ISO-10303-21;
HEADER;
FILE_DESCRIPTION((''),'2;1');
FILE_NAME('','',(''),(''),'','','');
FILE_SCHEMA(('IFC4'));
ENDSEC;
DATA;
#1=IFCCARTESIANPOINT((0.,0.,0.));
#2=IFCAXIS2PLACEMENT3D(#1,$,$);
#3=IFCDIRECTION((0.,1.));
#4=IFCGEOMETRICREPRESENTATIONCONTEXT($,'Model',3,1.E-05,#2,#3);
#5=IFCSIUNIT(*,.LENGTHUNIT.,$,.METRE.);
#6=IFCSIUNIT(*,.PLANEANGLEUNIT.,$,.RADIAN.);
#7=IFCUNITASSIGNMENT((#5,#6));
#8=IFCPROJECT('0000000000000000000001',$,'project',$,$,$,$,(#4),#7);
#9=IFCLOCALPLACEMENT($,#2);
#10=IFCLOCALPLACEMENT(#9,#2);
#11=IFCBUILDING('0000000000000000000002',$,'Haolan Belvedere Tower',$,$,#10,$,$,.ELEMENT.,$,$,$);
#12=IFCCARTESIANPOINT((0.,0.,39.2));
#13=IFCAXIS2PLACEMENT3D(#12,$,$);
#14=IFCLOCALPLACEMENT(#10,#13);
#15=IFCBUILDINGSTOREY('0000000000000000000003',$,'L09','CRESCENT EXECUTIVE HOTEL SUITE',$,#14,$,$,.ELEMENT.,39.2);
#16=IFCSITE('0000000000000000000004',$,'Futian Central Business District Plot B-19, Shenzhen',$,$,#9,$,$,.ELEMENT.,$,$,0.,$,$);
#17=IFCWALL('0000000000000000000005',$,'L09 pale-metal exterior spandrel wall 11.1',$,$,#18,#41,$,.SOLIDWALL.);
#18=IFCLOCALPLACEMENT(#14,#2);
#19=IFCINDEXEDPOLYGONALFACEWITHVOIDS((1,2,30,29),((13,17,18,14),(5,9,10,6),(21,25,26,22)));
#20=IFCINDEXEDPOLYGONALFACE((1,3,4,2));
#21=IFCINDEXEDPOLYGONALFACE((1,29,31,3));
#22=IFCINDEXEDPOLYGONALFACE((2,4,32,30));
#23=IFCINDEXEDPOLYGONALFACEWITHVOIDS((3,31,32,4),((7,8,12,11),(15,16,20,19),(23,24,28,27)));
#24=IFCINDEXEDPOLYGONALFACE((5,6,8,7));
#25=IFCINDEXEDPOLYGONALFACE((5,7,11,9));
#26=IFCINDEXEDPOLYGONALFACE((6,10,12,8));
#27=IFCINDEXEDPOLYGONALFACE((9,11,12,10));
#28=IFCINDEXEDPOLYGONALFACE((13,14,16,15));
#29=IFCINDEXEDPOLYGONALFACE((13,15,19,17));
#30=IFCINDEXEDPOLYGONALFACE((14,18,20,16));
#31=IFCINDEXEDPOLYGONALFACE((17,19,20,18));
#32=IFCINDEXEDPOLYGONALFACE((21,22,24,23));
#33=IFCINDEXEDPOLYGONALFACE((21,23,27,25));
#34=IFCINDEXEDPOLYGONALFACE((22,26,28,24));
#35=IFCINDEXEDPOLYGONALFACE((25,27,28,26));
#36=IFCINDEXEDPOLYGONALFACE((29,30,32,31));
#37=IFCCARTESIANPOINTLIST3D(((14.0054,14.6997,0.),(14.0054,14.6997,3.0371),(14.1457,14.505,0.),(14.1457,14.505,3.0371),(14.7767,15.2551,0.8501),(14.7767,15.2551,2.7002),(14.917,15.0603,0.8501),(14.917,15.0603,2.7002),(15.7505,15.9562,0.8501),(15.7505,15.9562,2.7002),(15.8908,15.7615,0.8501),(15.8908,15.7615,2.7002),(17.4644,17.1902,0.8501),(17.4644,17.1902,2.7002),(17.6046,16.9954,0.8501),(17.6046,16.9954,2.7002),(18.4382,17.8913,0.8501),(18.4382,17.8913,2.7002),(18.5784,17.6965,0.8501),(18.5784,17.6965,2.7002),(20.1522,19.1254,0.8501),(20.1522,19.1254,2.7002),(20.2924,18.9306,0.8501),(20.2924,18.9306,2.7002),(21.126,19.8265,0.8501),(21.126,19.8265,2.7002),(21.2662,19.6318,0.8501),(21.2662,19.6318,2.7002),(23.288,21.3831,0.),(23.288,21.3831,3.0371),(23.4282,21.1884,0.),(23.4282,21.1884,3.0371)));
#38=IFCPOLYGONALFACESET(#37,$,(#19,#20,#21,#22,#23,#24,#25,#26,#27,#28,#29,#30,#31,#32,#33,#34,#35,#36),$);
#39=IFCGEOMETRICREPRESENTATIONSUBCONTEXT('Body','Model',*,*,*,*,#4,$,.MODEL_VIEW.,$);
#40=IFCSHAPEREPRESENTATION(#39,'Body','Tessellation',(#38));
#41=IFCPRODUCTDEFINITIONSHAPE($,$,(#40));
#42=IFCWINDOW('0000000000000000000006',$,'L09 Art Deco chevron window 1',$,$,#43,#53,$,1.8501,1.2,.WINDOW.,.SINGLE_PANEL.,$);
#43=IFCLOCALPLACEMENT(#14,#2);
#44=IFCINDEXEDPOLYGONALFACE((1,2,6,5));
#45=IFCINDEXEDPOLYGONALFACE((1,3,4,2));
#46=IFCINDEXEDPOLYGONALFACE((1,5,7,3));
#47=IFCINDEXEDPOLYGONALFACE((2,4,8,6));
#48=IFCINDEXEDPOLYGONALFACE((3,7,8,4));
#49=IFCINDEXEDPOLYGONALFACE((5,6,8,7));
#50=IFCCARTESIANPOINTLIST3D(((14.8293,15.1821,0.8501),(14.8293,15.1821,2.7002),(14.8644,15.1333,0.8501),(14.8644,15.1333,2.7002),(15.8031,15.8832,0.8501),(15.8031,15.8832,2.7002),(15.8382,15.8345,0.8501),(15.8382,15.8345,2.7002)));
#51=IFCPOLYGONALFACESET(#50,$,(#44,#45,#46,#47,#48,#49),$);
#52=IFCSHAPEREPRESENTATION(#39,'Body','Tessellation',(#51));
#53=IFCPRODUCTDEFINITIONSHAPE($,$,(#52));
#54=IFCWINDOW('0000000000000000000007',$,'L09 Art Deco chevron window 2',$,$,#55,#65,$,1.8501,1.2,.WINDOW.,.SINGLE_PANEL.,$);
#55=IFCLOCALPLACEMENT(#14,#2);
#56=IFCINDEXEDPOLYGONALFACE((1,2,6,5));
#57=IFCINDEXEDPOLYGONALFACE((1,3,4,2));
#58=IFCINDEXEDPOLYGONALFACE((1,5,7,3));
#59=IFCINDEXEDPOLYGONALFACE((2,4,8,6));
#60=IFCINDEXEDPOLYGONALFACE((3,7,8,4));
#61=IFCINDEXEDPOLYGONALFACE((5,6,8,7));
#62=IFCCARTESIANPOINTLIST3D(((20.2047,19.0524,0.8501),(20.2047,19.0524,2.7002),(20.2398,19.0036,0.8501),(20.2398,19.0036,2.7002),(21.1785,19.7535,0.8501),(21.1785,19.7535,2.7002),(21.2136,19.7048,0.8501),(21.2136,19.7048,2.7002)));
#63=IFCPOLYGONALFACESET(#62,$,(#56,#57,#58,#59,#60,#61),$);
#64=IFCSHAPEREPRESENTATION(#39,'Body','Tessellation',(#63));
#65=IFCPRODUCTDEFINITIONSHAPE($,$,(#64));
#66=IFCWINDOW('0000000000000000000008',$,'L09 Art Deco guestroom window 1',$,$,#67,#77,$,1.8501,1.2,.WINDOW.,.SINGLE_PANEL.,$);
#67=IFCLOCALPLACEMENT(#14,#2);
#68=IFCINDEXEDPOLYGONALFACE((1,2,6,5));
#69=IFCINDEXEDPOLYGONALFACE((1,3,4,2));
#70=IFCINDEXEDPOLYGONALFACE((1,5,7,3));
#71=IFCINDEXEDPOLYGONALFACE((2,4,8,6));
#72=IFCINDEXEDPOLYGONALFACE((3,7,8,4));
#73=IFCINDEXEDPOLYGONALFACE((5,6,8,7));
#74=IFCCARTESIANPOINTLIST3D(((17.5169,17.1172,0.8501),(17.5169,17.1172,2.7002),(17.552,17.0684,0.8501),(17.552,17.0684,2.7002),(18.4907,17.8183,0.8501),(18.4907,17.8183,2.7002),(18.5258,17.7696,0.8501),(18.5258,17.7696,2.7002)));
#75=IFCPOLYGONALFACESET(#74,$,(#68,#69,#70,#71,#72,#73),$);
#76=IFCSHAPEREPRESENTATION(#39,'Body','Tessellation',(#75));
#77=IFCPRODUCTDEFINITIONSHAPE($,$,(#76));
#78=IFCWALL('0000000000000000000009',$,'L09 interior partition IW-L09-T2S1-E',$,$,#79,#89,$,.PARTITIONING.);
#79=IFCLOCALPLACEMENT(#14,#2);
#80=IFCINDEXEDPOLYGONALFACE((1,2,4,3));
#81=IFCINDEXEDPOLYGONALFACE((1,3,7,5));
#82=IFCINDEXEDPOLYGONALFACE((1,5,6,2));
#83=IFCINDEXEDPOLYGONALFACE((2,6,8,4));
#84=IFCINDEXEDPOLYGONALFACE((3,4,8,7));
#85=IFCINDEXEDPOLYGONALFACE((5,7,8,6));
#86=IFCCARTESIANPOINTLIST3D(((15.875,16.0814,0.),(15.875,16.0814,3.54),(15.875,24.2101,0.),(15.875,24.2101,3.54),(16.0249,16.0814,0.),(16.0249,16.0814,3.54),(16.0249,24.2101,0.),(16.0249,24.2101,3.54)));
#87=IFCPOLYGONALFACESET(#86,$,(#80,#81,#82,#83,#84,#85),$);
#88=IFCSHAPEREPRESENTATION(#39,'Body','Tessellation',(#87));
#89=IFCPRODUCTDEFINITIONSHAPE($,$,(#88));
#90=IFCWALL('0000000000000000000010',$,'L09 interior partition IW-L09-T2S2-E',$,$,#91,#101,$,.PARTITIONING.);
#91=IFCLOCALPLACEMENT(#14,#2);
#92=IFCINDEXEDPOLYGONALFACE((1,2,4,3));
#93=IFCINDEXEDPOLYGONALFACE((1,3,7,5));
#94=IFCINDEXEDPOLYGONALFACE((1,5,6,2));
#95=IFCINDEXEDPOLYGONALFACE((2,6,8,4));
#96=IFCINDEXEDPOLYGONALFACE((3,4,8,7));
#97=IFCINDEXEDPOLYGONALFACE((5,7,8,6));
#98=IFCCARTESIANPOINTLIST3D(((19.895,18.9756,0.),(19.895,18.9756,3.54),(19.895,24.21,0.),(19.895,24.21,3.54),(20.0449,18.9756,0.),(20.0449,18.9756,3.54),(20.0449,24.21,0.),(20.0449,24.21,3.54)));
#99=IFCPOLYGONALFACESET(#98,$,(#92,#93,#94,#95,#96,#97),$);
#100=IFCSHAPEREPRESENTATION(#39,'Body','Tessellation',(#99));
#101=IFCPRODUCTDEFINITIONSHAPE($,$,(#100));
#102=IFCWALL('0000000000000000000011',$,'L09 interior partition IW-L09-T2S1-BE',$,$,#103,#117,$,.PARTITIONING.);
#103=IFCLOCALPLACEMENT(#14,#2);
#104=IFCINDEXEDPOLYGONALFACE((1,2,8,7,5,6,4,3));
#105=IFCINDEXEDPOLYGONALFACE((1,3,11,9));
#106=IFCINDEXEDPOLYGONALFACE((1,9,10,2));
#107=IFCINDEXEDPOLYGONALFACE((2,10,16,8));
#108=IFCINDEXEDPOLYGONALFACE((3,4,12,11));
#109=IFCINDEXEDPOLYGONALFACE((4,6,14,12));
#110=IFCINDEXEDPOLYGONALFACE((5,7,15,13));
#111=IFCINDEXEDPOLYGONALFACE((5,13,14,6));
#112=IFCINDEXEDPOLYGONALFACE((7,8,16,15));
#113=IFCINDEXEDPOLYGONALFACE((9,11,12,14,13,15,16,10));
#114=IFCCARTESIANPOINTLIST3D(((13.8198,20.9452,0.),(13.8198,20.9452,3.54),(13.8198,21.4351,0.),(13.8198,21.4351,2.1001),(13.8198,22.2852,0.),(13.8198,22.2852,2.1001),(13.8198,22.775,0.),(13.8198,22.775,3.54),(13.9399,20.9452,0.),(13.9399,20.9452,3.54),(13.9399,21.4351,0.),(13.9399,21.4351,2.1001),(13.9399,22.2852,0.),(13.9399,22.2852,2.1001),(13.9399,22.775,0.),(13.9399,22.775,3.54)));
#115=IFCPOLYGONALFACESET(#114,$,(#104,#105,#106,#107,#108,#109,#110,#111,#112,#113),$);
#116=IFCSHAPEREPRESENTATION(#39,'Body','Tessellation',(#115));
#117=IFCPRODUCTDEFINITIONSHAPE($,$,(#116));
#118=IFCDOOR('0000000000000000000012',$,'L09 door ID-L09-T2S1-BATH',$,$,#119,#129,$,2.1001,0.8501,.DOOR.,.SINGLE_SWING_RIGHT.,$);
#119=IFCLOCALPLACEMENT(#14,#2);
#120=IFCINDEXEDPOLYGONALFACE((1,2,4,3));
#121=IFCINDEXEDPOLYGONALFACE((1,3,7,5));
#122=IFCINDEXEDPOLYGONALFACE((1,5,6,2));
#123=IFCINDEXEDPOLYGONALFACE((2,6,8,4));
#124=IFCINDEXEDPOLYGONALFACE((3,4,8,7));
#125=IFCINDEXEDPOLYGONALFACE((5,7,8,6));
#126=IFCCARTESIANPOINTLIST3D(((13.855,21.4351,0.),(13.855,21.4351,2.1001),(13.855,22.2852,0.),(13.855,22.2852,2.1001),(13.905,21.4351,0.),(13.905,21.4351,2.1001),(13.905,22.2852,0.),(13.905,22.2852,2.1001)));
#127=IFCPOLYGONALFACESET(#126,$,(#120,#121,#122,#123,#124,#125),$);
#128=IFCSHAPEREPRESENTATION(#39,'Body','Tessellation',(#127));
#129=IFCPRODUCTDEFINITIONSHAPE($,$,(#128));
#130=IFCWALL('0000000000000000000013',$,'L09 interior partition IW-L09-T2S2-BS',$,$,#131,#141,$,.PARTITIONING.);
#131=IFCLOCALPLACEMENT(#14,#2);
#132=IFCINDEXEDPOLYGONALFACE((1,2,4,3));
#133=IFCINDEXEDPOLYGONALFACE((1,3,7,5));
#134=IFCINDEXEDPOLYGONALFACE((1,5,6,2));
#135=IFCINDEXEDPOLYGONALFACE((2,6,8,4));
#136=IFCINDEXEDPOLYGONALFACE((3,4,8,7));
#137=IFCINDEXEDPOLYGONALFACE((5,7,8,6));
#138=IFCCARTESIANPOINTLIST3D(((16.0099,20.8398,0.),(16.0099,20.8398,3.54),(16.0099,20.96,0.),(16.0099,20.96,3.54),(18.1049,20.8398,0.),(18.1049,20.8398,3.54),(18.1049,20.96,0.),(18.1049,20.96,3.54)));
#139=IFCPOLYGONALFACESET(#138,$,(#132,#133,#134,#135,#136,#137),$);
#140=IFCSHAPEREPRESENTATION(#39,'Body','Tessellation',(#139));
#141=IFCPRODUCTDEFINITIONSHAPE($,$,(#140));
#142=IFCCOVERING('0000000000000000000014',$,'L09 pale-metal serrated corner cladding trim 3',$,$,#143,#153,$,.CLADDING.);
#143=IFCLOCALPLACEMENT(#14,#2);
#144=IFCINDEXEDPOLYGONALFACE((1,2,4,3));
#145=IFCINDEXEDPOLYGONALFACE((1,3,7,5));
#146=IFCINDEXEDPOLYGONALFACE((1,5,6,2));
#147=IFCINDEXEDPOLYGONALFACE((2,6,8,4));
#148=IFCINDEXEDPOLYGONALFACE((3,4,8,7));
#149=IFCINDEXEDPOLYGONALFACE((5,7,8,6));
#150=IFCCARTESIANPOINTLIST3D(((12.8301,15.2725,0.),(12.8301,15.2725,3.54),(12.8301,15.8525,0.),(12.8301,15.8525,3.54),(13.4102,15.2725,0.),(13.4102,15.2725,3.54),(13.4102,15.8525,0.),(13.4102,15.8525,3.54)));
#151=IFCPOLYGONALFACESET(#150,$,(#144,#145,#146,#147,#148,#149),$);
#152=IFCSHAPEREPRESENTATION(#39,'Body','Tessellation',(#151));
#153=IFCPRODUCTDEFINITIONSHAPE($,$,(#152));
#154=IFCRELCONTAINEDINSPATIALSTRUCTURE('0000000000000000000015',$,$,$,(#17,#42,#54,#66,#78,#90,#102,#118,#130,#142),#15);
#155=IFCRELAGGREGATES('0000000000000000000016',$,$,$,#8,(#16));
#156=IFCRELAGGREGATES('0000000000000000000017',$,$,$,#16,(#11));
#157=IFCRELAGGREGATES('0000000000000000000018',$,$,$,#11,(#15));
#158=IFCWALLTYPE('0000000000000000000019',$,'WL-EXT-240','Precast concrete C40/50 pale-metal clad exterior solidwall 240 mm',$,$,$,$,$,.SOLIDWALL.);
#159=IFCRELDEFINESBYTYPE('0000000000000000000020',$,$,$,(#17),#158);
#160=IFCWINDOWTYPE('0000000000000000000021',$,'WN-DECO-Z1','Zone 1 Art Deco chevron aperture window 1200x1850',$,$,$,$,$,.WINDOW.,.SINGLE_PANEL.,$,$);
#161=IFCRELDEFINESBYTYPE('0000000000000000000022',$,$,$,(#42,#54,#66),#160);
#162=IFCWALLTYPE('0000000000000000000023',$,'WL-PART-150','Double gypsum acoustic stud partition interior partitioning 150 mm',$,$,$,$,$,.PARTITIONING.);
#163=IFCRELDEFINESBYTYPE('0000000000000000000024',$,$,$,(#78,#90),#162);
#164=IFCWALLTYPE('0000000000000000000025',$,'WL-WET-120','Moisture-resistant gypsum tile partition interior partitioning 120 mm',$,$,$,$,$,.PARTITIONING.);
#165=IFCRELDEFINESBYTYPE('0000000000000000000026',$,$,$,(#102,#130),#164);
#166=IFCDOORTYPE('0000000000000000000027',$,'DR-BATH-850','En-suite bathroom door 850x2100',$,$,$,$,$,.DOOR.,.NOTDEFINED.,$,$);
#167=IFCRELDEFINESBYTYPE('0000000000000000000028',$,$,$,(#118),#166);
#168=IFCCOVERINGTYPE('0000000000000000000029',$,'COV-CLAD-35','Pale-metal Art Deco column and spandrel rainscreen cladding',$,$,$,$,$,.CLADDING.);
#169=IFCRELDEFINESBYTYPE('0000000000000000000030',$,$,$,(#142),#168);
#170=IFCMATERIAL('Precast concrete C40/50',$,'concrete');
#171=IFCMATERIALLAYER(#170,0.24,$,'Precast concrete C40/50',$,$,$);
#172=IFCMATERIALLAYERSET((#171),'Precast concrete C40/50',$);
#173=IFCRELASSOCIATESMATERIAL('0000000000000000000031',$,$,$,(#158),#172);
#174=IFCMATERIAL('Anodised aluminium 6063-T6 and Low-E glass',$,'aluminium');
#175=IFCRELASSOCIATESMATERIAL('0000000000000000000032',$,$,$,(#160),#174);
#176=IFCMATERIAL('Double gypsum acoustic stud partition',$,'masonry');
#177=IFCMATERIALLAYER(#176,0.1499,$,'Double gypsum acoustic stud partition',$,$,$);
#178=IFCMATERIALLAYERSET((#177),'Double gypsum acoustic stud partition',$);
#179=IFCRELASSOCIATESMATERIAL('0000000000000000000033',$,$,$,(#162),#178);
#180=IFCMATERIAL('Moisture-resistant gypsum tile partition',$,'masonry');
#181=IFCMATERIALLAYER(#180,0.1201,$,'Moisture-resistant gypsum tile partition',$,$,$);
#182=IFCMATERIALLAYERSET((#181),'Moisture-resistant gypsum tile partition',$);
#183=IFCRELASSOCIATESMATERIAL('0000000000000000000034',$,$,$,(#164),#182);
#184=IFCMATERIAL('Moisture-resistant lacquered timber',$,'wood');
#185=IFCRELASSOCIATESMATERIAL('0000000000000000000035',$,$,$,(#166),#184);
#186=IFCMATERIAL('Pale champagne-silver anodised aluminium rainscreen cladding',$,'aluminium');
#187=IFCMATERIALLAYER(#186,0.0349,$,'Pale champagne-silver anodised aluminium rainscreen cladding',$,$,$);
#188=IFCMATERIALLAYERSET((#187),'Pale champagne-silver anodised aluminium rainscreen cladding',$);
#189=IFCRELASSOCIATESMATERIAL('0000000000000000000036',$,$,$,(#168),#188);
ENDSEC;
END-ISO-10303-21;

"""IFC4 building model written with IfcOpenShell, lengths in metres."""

from ifc_helpers import new_model, si_unit, direction, frame, frame_2d, origin, origin_2d, place, context, subcontext, project, spatial, rectangle, extrude, material, layer, layer_set, type_object, element, fill, save


model = new_model("IFC4")

# Units and contexts
model_context = context("Model", 3, precision=1e-05, world=origin(), true_north=direction((0.0, 1.0)))
body_context = subcontext(model_context, "Body", "Model", "MODEL_VIEW")
ifc_project = project(units=[si_unit("LENGTHUNIT", "METRE"), si_unit("PLANEANGLEUNIT", "RADIAN")], contexts=[model_context])

# Site, building, storey
site_placement = place(None, origin())
site = spatial("IfcSite", under=ifc_project, at=site_placement, Name="Futian Central Business District Plot B-19, Shenzhen", CompositionType="ELEMENT", RefElevation=0.0)
building_placement = place(site_placement, origin())
building = spatial("IfcBuilding", under=site, at=building_placement, Name="Haolan Belvedere Tower", CompositionType="ELEMENT")
storey_placement = place(building_placement, frame((0.0, 0.0, 39.2)))
storey = spatial("IfcBuildingStorey", under=building, at=storey_placement, Name="L09", Description="CRESCENT EXECUTIVE HOTEL SUITE", CompositionType="ELEMENT", Elevation=39.2)

# Shared definitions
ifc_material_1 = material(Name="Precast concrete C40/50", Category="concrete")
ifc_layer_1 = layer(ifc_material_1, 0.24, Name="Precast concrete C40/50")
ifc_layer_set_1 = layer_set([ifc_layer_1], Name="Precast concrete C40/50")
wall_type_1 = type_object("IfcWallType", Name="WL-EXT-240", Description="Precast concrete C40/50 pale-metal clad exterior solidwall 240 mm", PredefinedType="SOLIDWALL", material=ifc_layer_set_1)

# Wall, openings, windows
wall_1_placement = place(storey_placement, frame((14.0754, 14.6023, 0.0), z_axis=(0.0, 0.0, 1.0), x_axis=(0.811536, 0.584303, 0.0)))
wall_1 = element("IfcWall", 1, at=wall_1_placement, inside=storey, type_object=wall_type_1, Name="L09 pale-metal exterior spandrel wall 11.1", PredefinedType="SOLIDWALL", context=body_context, shape_type="SweptSolid", body=[
    extrude(rectangle(XDim=11.4382, YDim=0.24, at=frame_2d((5.7192, 0.0))), origin(), (0.0, 0.0, 1.0), 3.0371),
])
opening_1_placement = place(wall_1_placement, frame((0.9504, 0.0, 0.8501)))
opening_1 = element("IfcOpeningElement", 2, at=opening_1_placement, cuts=wall_1, PredefinedType="OPENING", context=body_context, shape_type="SweptSolid", body=[
    extrude(rectangle(XDim=1.2, YDim=1.8501, at=frame_2d((0.6001, 0.925))), frame((0.0, 0.1299, 0.0), z_axis=(0.0, -1.0, 0.0), x_axis=(1.0, 0.0, 0.0)), (0.0, 0.0, 1.0), 0.26),
])
opening_2_placement = place(wall_1_placement, frame((7.5742, 0.0, 0.8501)))
opening_2 = element("IfcOpeningElement", 3, at=opening_2_placement, cuts=wall_1, PredefinedType="OPENING", context=body_context, shape_type="SweptSolid", body=[
    extrude(rectangle(XDim=1.2, YDim=1.8501, at=frame_2d((0.6001, 0.925))), frame((0.0, 0.1299, 0.0), z_axis=(0.0, -1.0, 0.0), x_axis=(1.0, 0.0, 0.0)), (0.0, 0.0, 1.0), 0.26),
])
opening_3_placement = place(wall_1_placement, frame((4.2622, 0.0, 0.8501)))
opening_3 = element("IfcOpeningElement", 4, at=opening_3_placement, cuts=wall_1, PredefinedType="OPENING", context=body_context, shape_type="SweptSolid", body=[
    extrude(rectangle(XDim=1.2, YDim=1.8501, at=frame_2d((0.6001, 0.925))), frame((0.0, 0.1299, 0.0), z_axis=(0.0, -1.0, 0.0), x_axis=(1.0, 0.0, 0.0)), (0.0, 0.0, 1.0), 0.26),
])
ifc_material_2 = material(Name="Anodised aluminium 6063-T6 and Low-E glass", Category="aluminium")
window_type = type_object("IfcWindowType", Name="WN-DECO-Z1", Description="Zone 1 Art Deco chevron aperture window 1200x1850", PartitioningType="SINGLE_PANEL", PredefinedType="WINDOW", material=ifc_material_2)
window_1_placement = place(opening_1_placement, origin())
window_1 = element("IfcWindow", 5, at=window_1_placement, inside=storey, type_object=window_type, Name="L09 Art Deco chevron window 1", OverallHeight=1.8501, OverallWidth=1.2, PartitioningType="SINGLE_PANEL", PredefinedType="WINDOW", context=body_context, shape_type="SweptSolid", body=[
    extrude(rectangle(XDim=1.2, YDim=1.8501, at=frame_2d((0.6001, 0.925))), frame((0.0, 0.03, 0.0), z_axis=(0.0, -1.0, 0.0), x_axis=(1.0, 0.0, 0.0)), (0.0, 0.0, 1.0), 0.0601),
])
fill(opening_1, window_1)
window_2_placement = place(opening_2_placement, origin())
window_2 = element("IfcWindow", 6, at=window_2_placement, inside=storey, type_object=window_type, Name="L09 Art Deco chevron window 2", OverallHeight=1.8501, OverallWidth=1.2, PartitioningType="SINGLE_PANEL", PredefinedType="WINDOW", context=body_context, shape_type="SweptSolid", body=[
    extrude(rectangle(XDim=1.2, YDim=1.8501, at=frame_2d((0.6001, 0.925))), frame((0.0, 0.03, 0.0), z_axis=(0.0, -1.0, 0.0), x_axis=(1.0, 0.0, 0.0)), (0.0, 0.0, 1.0), 0.0601),
])
fill(opening_2, window_2)
window_3_placement = place(opening_3_placement, origin())
window_3 = element("IfcWindow", 7, at=window_3_placement, inside=storey, type_object=window_type, Name="L09 Art Deco guestroom window 1", OverallHeight=1.8501, OverallWidth=1.2, PartitioningType="SINGLE_PANEL", PredefinedType="WINDOW", context=body_context, shape_type="SweptSolid", body=[
    extrude(rectangle(XDim=1.2, YDim=1.8501, at=frame_2d((0.6001, 0.925))), frame((0.0, 0.03, 0.0), z_axis=(0.0, -1.0, 0.0), x_axis=(1.0, 0.0, 0.0)), (0.0, 0.0, 1.0), 0.0601),
])
fill(opening_3, window_3)

# Walls
ifc_material_3 = material(Name="Double gypsum acoustic stud partition", Category="masonry")
ifc_layer_2 = layer(ifc_material_3, 0.1499, Name="Double gypsum acoustic stud partition")
ifc_layer_set_2 = layer_set([ifc_layer_2], Name="Double gypsum acoustic stud partition")
wall_type_2 = type_object("IfcWallType", Name="WL-PART-150", Description="Double gypsum acoustic stud partition interior partitioning 150 mm", PredefinedType="PARTITIONING", material=ifc_layer_set_2)
wall_2_placement = place(storey_placement, frame((15.95, 16.0813, 0.0), z_axis=(0.0, 0.0, 1.0), x_axis=(0.0, 1.0, 0.0)))
element("IfcWall", 8, at=wall_2_placement, inside=storey, type_object=wall_type_2, Name="L09 interior partition IW-L09-T2S1-E", PredefinedType="PARTITIONING", context=body_context, shape_type="SweptSolid", body=[
    extrude(rectangle(XDim=8.1287, YDim=0.1499, at=frame_2d((4.0645, 0.0))), origin(), (0.0, 0.0, 1.0), 3.54),
])
wall_3_placement = place(storey_placement, frame((19.97, 18.9756, 0.0), z_axis=(0.0, 0.0, 1.0), x_axis=(0.0, 1.0, 0.0)))
element("IfcWall", 9, at=wall_3_placement, inside=storey, type_object=wall_type_2, Name="L09 interior partition IW-L09-T2S2-E", PredefinedType="PARTITIONING", context=body_context, shape_type="SweptSolid", body=[
    extrude(rectangle(XDim=5.2344, YDim=0.1499, at=frame_2d((2.6172, 0.0))), origin(), (0.0, 0.0, 1.0), 3.54),
])

# Wall, opening, door
ifc_material_4 = material(Name="Moisture-resistant gypsum tile partition", Category="masonry")
ifc_layer_3 = layer(ifc_material_4, 0.1201, Name="Moisture-resistant gypsum tile partition")
ifc_layer_set_3 = layer_set([ifc_layer_3], Name="Moisture-resistant gypsum tile partition")
wall_type_3 = type_object("IfcWallType", Name="WL-WET-120", Description="Moisture-resistant gypsum tile partition interior partitioning 120 mm", PredefinedType="PARTITIONING", material=ifc_layer_set_3)
wall_4_placement = place(storey_placement, frame((13.8799, 20.9451, 0.0), z_axis=(0.0, 0.0, 1.0), x_axis=(0.0, 1.0, 0.0)))
wall_4 = element("IfcWall", 10, at=wall_4_placement, inside=storey, type_object=wall_type_3, Name="L09 interior partition IW-L09-T2S1-BE", PredefinedType="PARTITIONING", context=body_context, shape_type="SweptSolid", body=[
    extrude(rectangle(XDim=1.8298, YDim=0.1201, at=frame_2d((0.915, 0.0))), origin(), (0.0, 0.0, 1.0), 3.54),
])
opening_4_placement = place(wall_4_placement, frame((0.49, 0.0, 0.0)))
opening_4 = element("IfcOpeningElement", 11, at=opening_4_placement, cuts=wall_4, PredefinedType="OPENING", context=body_context, shape_type="SweptSolid", body=[
    extrude(rectangle(XDim=0.8501, YDim=2.1001, at=frame_2d((0.425, 1.05))), frame((0.0, 0.0701, 0.0), z_axis=(0.0, -1.0, 0.0), x_axis=(1.0, 0.0, 0.0)), (0.0, 0.0, 1.0), 0.1401),
])
ifc_material_5 = material(Name="Moisture-resistant lacquered timber", Category="wood")
door_type = type_object("IfcDoorType", Name="DR-BATH-850", Description="En-suite bathroom door 850x2100", OperationType="NOTDEFINED", PredefinedType="DOOR", material=ifc_material_5)
door_placement = place(opening_4_placement, origin())
door = element("IfcDoor", 12, at=door_placement, inside=storey, type_object=door_type, Name="L09 door ID-L09-T2S1-BATH", OperationType="SINGLE_SWING_RIGHT", OverallHeight=2.1001, OverallWidth=0.8501, PredefinedType="DOOR", context=body_context, shape_type="SweptSolid", body=[
    extrude(rectangle(XDim=0.8501, YDim=2.1001, at=frame_2d((0.425, 1.05))), frame((0.0, 0.0249, 0.0), z_axis=(0.0, -1.0, 0.0), x_axis=(1.0, 0.0, 0.0)), (0.0, 0.0, 1.0), 0.05),
])
fill(opening_4, door)

# Wall
wall_5_placement = place(storey_placement, frame((16.01, 20.8999, 0.0), z_axis=(0.0, 0.0, 1.0), x_axis=(1.0, 0.0, 0.0)))
element("IfcWall", 13, at=wall_5_placement, inside=storey, type_object=wall_type_3, Name="L09 interior partition IW-L09-T2S2-BS", PredefinedType="PARTITIONING", context=body_context, shape_type="SweptSolid", body=[
    extrude(rectangle(XDim=2.095, YDim=0.1201, at=frame_2d((1.0474, 0.0))), origin(), (0.0, 0.0, 1.0), 3.54),
])

# Covering
ifc_material_6 = material(Name="Pale champagne-silver anodised aluminium rainscreen cladding", Category="aluminium")
ifc_layer_4 = layer(ifc_material_6, 0.0349, Name="Pale champagne-silver anodised aluminium rainscreen cladding")
ifc_layer_set_4 = layer_set([ifc_layer_4], Name="Pale champagne-silver anodised aluminium rainscreen cladding")
covering_type = type_object("IfcCoveringType", Name="COV-CLAD-35", Description="Pale-metal Art Deco column and spandrel rainscreen cladding", PredefinedType="CLADDING", material=ifc_layer_set_4)
covering_placement = place(storey_placement, frame((13.1201, 15.5625, 0.0), z_axis=(0.0, 0.0, 1.0), x_axis=(1.0, 0.0, 0.0)))
element("IfcCovering", 14, at=covering_placement, inside=storey, type_object=covering_type, Name="L09 pale-metal serrated corner cladding trim 3", PredefinedType="CLADDING", context=body_context, shape_type="SweptSolid", body=[
    extrude(rectangle(XDim=0.5801, YDim=0.5801, at=origin_2d()), origin(), (0.0, 0.0, 1.0), 3.54),
])

save(model, "model.ifc")
